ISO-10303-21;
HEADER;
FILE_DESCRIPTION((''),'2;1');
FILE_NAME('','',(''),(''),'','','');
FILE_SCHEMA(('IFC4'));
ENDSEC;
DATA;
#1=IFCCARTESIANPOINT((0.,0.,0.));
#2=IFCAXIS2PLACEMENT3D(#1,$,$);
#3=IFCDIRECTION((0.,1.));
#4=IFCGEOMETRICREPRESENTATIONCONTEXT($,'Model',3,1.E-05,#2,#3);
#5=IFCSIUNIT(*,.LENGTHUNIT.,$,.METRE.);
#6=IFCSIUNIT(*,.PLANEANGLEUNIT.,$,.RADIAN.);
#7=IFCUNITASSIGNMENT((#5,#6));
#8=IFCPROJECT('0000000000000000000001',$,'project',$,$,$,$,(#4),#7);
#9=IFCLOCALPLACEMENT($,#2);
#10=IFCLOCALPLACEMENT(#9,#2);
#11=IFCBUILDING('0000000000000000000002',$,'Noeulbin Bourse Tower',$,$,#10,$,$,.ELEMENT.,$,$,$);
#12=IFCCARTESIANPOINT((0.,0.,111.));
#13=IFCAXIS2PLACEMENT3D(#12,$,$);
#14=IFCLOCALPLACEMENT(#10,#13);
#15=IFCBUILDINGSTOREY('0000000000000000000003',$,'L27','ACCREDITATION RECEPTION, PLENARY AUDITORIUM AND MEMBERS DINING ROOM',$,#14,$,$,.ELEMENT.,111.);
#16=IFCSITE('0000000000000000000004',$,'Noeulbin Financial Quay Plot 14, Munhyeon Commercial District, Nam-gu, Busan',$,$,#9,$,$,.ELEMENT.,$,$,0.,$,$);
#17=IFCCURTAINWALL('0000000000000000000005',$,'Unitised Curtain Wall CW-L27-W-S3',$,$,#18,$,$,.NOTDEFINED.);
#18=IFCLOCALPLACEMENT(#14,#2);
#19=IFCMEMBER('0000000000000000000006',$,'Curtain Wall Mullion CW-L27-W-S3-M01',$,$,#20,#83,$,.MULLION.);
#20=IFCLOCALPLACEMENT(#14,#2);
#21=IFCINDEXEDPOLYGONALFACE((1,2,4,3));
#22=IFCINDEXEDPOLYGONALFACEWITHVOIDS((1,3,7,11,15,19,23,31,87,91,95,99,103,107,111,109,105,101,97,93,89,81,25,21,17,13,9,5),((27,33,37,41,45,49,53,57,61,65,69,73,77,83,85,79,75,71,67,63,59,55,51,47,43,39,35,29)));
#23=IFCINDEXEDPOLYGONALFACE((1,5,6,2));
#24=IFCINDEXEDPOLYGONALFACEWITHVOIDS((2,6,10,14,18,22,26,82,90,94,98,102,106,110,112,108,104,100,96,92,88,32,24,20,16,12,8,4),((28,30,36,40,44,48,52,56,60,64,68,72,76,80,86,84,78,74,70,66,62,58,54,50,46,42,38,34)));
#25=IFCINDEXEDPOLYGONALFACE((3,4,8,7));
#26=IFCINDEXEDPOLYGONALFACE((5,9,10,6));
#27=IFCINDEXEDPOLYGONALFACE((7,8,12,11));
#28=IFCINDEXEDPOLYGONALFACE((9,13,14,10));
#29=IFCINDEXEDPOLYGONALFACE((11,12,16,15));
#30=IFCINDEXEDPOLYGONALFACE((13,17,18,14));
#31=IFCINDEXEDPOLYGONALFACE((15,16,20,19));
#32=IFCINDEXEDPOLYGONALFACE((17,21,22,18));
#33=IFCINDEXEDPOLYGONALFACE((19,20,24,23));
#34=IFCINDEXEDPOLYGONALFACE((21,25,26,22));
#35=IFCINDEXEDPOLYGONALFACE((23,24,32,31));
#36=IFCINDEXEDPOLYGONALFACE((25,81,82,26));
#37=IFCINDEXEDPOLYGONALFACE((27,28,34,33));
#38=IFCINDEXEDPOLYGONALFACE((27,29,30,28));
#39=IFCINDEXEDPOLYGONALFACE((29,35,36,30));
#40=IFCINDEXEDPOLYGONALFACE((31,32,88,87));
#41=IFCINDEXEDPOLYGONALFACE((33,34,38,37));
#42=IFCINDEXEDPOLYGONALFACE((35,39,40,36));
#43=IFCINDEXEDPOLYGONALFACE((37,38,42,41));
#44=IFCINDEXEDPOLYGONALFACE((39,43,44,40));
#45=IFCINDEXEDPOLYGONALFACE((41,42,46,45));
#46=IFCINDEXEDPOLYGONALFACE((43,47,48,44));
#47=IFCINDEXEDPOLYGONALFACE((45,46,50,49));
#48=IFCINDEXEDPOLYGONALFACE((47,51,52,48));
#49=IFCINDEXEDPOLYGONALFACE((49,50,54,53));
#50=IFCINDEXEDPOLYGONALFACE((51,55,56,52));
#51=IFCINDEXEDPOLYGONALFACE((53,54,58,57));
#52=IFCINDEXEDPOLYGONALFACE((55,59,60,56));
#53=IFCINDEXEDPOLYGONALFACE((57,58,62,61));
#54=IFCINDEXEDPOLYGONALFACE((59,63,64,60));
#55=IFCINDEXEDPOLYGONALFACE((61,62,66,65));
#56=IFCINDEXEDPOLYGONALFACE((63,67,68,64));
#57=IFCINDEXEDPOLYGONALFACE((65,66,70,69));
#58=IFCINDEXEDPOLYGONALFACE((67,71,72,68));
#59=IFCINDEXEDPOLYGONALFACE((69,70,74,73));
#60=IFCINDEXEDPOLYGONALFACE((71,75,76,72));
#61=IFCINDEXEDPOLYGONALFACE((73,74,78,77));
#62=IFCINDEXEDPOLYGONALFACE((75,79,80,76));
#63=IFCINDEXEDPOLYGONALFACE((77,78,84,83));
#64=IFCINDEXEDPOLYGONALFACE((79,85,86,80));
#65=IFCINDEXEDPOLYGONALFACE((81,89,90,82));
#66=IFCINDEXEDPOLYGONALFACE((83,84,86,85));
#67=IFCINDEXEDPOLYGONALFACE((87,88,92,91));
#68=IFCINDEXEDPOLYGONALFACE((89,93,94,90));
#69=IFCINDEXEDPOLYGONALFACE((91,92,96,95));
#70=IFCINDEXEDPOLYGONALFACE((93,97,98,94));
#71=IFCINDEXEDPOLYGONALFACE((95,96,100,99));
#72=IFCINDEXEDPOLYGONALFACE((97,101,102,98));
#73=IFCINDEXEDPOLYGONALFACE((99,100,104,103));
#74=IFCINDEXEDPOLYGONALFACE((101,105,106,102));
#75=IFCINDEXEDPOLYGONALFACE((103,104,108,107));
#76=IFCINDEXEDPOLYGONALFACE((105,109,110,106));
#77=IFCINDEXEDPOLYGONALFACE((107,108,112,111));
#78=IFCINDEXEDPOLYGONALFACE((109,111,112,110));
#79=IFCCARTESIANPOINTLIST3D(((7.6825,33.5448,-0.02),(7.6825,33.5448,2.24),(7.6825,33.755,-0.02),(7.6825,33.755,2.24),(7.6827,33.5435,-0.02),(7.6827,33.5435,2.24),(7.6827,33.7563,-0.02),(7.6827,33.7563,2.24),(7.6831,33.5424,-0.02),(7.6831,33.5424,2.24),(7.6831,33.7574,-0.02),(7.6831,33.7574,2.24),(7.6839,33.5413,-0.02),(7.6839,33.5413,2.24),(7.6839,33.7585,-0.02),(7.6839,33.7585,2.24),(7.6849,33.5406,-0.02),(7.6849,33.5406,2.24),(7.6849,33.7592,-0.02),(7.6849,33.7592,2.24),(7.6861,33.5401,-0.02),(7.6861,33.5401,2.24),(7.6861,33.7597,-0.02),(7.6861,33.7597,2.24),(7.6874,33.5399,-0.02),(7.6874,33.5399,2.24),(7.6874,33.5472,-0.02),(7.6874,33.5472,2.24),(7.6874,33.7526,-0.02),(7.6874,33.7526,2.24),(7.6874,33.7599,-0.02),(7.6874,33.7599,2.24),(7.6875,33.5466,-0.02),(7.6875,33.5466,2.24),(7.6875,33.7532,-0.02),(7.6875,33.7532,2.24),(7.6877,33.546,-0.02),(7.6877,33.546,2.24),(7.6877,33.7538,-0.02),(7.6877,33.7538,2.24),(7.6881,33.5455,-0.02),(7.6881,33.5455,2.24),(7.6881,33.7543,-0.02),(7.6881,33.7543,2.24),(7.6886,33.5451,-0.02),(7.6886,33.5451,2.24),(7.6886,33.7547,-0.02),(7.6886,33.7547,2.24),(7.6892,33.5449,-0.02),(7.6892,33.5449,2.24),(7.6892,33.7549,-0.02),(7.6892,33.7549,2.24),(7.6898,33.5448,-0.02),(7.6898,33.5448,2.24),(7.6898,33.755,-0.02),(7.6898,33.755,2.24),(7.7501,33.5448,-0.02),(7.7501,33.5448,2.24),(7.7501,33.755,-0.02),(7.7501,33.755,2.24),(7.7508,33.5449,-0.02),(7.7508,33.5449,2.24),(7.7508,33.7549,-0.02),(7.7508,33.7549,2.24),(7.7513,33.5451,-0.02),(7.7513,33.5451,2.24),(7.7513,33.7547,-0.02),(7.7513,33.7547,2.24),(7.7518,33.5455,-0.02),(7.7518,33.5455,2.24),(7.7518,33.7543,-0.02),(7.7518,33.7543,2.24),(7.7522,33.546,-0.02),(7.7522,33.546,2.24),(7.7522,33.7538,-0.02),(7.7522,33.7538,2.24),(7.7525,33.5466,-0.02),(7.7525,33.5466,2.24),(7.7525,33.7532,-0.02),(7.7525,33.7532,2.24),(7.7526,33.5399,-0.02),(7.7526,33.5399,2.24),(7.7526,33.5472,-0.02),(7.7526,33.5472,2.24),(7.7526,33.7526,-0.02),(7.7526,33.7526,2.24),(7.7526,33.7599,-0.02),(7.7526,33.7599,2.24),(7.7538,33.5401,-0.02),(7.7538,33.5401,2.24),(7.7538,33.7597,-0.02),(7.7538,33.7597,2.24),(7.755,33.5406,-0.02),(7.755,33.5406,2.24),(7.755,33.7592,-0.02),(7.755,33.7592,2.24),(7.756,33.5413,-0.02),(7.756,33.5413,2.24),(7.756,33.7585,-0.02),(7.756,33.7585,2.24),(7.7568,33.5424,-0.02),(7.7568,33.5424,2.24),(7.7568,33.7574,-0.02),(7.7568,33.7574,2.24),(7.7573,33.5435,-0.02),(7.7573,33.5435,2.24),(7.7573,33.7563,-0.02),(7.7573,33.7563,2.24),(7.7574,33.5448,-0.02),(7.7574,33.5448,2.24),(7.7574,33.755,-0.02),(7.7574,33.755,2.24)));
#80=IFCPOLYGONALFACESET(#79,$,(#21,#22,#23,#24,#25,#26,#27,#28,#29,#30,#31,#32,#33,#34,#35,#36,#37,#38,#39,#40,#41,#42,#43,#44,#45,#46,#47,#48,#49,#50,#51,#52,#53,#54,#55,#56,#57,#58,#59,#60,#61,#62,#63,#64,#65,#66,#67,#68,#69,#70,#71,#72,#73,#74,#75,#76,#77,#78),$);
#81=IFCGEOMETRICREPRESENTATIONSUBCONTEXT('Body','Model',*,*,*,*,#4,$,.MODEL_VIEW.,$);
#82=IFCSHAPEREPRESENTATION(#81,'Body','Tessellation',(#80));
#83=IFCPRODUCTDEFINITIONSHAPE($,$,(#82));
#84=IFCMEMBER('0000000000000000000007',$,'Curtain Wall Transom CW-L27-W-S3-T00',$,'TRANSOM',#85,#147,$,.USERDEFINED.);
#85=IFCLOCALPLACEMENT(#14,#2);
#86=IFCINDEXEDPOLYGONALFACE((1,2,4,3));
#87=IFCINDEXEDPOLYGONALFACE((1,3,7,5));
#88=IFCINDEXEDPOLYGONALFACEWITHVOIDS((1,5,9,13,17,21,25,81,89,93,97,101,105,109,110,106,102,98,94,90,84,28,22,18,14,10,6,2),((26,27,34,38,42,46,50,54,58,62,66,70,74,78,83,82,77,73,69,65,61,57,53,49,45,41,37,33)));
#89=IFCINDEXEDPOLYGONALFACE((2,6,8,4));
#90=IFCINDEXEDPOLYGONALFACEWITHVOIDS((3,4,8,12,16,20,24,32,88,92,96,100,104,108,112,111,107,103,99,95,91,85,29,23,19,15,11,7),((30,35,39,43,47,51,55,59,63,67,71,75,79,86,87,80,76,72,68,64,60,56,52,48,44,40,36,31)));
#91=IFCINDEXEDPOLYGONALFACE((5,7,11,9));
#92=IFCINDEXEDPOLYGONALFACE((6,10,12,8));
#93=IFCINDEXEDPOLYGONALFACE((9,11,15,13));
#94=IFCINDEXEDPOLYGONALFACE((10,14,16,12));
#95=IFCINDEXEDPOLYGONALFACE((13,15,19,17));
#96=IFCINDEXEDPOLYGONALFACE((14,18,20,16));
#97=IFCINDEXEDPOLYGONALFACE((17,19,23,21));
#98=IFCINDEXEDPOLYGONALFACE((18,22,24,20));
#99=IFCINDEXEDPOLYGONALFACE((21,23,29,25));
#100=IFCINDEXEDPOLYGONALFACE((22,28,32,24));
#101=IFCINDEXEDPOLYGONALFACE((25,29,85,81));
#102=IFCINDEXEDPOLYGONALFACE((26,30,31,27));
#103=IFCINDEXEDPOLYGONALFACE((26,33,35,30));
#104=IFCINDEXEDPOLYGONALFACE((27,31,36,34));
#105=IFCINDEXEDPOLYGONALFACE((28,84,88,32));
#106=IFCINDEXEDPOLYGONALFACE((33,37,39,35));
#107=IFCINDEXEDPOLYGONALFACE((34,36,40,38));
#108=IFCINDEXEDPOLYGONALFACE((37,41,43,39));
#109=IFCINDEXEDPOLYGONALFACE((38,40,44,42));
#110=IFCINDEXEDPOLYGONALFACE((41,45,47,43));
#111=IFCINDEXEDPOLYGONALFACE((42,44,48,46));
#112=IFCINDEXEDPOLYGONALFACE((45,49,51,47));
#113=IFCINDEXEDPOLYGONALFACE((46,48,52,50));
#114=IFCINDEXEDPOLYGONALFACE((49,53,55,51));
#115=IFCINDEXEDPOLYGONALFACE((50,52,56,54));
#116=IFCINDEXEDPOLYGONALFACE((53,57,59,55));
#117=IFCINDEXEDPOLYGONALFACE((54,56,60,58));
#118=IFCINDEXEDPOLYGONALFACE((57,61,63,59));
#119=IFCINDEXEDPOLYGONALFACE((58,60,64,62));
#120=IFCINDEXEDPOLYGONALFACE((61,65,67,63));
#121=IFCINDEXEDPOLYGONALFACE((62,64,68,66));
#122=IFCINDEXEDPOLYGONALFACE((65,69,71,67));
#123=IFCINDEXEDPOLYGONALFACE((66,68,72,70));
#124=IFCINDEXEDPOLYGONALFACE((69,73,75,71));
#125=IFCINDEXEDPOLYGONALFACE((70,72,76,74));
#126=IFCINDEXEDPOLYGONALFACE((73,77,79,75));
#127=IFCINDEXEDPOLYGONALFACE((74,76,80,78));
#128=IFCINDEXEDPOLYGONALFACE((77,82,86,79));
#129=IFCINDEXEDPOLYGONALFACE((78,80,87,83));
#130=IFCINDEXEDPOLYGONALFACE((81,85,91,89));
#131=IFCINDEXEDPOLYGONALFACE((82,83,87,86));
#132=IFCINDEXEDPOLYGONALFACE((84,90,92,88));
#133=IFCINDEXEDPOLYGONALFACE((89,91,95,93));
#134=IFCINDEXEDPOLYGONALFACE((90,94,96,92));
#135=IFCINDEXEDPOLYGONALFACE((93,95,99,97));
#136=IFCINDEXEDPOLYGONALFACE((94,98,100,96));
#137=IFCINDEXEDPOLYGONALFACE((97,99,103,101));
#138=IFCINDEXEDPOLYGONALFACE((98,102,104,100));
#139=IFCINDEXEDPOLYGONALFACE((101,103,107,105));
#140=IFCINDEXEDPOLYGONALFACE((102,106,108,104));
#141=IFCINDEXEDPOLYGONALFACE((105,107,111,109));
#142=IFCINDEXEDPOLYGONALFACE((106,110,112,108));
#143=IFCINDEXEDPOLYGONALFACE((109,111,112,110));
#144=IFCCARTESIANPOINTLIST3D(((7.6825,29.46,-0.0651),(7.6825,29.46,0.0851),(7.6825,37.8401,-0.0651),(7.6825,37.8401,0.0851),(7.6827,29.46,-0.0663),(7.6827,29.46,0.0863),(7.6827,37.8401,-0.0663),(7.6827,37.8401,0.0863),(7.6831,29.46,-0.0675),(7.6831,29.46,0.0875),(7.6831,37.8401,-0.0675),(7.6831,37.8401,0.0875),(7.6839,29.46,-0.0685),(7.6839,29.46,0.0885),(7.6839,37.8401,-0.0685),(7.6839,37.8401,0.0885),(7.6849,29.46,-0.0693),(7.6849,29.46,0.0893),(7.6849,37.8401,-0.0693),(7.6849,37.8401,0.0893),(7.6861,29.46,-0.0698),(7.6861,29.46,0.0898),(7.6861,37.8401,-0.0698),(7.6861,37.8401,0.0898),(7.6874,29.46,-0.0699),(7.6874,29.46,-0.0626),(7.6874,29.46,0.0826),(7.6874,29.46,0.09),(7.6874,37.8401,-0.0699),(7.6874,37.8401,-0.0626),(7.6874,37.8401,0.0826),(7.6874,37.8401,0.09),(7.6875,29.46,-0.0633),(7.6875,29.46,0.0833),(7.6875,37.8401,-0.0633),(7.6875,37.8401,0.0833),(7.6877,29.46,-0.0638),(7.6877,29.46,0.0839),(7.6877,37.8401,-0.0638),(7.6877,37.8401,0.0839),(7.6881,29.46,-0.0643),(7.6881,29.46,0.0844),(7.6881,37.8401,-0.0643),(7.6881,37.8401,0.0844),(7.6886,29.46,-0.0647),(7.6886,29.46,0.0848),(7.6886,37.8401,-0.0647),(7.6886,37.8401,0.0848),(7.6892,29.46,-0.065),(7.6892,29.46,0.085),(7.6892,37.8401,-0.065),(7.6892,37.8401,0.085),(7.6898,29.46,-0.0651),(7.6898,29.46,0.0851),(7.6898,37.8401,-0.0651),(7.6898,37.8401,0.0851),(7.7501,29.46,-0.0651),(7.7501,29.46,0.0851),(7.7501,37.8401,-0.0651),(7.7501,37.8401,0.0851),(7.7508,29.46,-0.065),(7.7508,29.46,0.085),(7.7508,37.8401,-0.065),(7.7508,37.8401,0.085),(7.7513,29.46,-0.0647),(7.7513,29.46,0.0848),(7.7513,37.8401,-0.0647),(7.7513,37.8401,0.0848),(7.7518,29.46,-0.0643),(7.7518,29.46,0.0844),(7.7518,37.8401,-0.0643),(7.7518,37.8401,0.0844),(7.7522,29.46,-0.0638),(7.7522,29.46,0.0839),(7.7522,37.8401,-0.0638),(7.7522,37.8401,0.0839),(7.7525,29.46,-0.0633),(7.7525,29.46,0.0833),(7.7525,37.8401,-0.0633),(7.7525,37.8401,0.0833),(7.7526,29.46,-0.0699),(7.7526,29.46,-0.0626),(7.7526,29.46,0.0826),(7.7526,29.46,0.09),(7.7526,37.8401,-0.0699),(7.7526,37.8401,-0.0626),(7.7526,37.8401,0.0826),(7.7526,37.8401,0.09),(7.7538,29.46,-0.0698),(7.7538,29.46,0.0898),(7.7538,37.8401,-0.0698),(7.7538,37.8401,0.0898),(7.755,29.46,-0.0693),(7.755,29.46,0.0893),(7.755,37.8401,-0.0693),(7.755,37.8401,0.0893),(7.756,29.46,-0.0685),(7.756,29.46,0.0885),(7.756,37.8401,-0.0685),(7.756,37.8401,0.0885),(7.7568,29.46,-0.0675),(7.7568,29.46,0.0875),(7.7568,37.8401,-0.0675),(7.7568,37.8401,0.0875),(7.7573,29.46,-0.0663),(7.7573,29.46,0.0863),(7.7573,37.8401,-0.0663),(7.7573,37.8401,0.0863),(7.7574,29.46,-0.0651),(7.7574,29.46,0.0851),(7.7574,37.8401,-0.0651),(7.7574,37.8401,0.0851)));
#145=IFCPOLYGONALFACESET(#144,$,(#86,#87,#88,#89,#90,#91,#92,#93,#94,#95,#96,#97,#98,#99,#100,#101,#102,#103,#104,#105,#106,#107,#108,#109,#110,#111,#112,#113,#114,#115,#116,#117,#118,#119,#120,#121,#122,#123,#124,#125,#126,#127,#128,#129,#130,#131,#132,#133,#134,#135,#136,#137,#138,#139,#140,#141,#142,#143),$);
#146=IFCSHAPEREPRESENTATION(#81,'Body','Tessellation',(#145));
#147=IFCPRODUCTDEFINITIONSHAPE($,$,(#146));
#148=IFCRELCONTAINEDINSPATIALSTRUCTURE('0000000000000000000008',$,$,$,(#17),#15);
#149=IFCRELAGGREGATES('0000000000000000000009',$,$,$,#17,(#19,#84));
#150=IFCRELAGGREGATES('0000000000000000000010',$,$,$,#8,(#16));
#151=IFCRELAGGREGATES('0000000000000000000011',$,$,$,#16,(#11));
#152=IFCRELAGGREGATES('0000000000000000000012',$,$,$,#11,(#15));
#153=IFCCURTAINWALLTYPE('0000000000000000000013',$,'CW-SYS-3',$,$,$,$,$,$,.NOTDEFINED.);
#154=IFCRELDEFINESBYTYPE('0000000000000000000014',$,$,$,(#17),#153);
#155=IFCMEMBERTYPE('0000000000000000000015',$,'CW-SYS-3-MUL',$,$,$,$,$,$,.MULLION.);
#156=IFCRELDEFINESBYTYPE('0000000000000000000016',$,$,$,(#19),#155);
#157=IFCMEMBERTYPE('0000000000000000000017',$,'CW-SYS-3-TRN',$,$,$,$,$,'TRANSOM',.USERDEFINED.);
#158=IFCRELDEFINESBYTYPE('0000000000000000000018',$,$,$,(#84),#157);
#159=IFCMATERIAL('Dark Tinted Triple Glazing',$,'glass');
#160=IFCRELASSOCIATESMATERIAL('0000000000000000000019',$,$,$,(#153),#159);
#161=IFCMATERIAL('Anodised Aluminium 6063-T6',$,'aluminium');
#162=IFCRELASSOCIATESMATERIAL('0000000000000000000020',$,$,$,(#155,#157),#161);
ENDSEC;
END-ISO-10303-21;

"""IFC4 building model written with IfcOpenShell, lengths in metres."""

from ifc_helpers import new_model, si_unit, direction, frame, origin, origin_2d, place, context, subcontext, project, spatial, hollow_rectangle, extrude, material, material_profile, profile_set, type_object, element, aggregate, save


model = new_model("IFC4")

# Units and contexts
model_context = context("Model", 3, precision=1e-05, world=origin(), true_north=direction((0.0, 1.0)))
body_context = subcontext(model_context, "Body", "Model", "MODEL_VIEW")
ifc_project = project(units=[si_unit("LENGTHUNIT", "METRE"), si_unit("PLANEANGLEUNIT", "RADIAN")], contexts=[model_context])

# Site, building, storey
site_placement = place(None, origin())
site = spatial("IfcSite", under=ifc_project, at=site_placement, Name="Noeulbin Financial Quay Plot 14, Munhyeon Commercial District, Nam-gu, Busan", CompositionType="ELEMENT", RefElevation=0.0)
building_placement = place(site_placement, origin())
building = spatial("IfcBuilding", under=site, at=building_placement, Name="Noeulbin Bourse Tower", CompositionType="ELEMENT")
storey_placement = place(building_placement, frame((0.0, 0.0, 111.0)))
storey = spatial("IfcBuildingStorey", under=building, at=storey_placement, Name="L27", Description="ACCREDITATION RECEPTION, PLENARY AUDITORIUM AND MEMBERS DINING ROOM", CompositionType="ELEMENT", Elevation=111.0)

# Shared definitions
ifc_material_1 = material(Name="Dark Tinted Triple Glazing", Category="glass")
curtain_wall_type = type_object("IfcCurtainWallType", Name="CW-SYS-3", PredefinedType="NOTDEFINED", material=ifc_material_1)
ifc_material_2 = material(Name="Anodised Aluminium 6063-T6", Category="aluminium")
ifc_material_profile_1 = material_profile(ifc_material_2, hollow_rectangle(XDim=0.075, YDim=0.22, WallThickness=0.0049, InnerFilletRadius=0.0024, OuterFilletRadius=0.0049, at=origin_2d()), Name="ALU-MULL-75x220x5", Category="LoadBearing")
ifc_profile_set_1 = profile_set([ifc_material_profile_1], Name="Anodised Aluminium 6063-T6")
member_type_1 = type_object("IfcMemberType", Name="CW-SYS-3-MUL", PredefinedType="MULLION", material=ifc_profile_set_1)

# Curtain wall, members
curtain_wall_1_placement = place(storey_placement, origin())
curtain_wall_1 = element("IfcCurtainWall", 1, at=curtain_wall_1_placement, inside=storey, type_object=curtain_wall_type, Name="Unitised Curtain Wall CW-L27-W-S3", PredefinedType="NOTDEFINED")
member_1_placement = place(storey_placement, frame((7.72, 33.6499, -0.02), z_axis=(0.0, 0.0, 1.0), x_axis=(1.0, 0.0, 0.0)))
member_1 = element("IfcMember", 2, at=member_1_placement, type_object=member_type_1, Name="Curtain Wall Mullion CW-L27-W-S3-M01", PredefinedType="MULLION", context=body_context, shape_type="SweptSolid", body=[
    extrude(hollow_rectangle(XDim=0.075, YDim=0.22, WallThickness=0.0049, InnerFilletRadius=0.0024, OuterFilletRadius=0.0049, at=origin_2d()), origin(), (0.0, 0.0, 1.0), 2.26),
])
ifc_material_profile_2 = material_profile(ifc_material_2, hollow_rectangle(XDim=0.075, YDim=0.1599, WallThickness=0.0049, InnerFilletRadius=0.0024, OuterFilletRadius=0.0049, at=origin_2d()), Name="ALU-TRAN-75x160x5", Category="LoadBearing")
ifc_profile_set_2 = profile_set([ifc_material_profile_2], Name="Anodised Aluminium 6063-T6")
member_type_2 = type_object("IfcMemberType", Name="CW-SYS-3-TRN", ElementType="TRANSOM", PredefinedType="USERDEFINED", material=ifc_profile_set_2)
member_2_placement = place(storey_placement, frame((7.72, 29.46, 0.01), z_axis=(0.0, 1.0, 0.0), x_axis=(-1.0, 0.0, 0.0)))
member_2 = element("IfcMember", 3, at=member_2_placement, type_object=member_type_2, Name="Curtain Wall Transom CW-L27-W-S3-T00", ObjectType="TRANSOM", PredefinedType="USERDEFINED", context=body_context, shape_type="SweptSolid", body=[
    extrude(hollow_rectangle(XDim=0.075, YDim=0.1599, WallThickness=0.0049, InnerFilletRadius=0.0024, OuterFilletRadius=0.0049, at=origin_2d()), origin(), (0.0, 0.0, 1.0), 8.3801),
])
aggregate(curtain_wall_1, [member_1, member_2])

save(model, "model.ifc")
